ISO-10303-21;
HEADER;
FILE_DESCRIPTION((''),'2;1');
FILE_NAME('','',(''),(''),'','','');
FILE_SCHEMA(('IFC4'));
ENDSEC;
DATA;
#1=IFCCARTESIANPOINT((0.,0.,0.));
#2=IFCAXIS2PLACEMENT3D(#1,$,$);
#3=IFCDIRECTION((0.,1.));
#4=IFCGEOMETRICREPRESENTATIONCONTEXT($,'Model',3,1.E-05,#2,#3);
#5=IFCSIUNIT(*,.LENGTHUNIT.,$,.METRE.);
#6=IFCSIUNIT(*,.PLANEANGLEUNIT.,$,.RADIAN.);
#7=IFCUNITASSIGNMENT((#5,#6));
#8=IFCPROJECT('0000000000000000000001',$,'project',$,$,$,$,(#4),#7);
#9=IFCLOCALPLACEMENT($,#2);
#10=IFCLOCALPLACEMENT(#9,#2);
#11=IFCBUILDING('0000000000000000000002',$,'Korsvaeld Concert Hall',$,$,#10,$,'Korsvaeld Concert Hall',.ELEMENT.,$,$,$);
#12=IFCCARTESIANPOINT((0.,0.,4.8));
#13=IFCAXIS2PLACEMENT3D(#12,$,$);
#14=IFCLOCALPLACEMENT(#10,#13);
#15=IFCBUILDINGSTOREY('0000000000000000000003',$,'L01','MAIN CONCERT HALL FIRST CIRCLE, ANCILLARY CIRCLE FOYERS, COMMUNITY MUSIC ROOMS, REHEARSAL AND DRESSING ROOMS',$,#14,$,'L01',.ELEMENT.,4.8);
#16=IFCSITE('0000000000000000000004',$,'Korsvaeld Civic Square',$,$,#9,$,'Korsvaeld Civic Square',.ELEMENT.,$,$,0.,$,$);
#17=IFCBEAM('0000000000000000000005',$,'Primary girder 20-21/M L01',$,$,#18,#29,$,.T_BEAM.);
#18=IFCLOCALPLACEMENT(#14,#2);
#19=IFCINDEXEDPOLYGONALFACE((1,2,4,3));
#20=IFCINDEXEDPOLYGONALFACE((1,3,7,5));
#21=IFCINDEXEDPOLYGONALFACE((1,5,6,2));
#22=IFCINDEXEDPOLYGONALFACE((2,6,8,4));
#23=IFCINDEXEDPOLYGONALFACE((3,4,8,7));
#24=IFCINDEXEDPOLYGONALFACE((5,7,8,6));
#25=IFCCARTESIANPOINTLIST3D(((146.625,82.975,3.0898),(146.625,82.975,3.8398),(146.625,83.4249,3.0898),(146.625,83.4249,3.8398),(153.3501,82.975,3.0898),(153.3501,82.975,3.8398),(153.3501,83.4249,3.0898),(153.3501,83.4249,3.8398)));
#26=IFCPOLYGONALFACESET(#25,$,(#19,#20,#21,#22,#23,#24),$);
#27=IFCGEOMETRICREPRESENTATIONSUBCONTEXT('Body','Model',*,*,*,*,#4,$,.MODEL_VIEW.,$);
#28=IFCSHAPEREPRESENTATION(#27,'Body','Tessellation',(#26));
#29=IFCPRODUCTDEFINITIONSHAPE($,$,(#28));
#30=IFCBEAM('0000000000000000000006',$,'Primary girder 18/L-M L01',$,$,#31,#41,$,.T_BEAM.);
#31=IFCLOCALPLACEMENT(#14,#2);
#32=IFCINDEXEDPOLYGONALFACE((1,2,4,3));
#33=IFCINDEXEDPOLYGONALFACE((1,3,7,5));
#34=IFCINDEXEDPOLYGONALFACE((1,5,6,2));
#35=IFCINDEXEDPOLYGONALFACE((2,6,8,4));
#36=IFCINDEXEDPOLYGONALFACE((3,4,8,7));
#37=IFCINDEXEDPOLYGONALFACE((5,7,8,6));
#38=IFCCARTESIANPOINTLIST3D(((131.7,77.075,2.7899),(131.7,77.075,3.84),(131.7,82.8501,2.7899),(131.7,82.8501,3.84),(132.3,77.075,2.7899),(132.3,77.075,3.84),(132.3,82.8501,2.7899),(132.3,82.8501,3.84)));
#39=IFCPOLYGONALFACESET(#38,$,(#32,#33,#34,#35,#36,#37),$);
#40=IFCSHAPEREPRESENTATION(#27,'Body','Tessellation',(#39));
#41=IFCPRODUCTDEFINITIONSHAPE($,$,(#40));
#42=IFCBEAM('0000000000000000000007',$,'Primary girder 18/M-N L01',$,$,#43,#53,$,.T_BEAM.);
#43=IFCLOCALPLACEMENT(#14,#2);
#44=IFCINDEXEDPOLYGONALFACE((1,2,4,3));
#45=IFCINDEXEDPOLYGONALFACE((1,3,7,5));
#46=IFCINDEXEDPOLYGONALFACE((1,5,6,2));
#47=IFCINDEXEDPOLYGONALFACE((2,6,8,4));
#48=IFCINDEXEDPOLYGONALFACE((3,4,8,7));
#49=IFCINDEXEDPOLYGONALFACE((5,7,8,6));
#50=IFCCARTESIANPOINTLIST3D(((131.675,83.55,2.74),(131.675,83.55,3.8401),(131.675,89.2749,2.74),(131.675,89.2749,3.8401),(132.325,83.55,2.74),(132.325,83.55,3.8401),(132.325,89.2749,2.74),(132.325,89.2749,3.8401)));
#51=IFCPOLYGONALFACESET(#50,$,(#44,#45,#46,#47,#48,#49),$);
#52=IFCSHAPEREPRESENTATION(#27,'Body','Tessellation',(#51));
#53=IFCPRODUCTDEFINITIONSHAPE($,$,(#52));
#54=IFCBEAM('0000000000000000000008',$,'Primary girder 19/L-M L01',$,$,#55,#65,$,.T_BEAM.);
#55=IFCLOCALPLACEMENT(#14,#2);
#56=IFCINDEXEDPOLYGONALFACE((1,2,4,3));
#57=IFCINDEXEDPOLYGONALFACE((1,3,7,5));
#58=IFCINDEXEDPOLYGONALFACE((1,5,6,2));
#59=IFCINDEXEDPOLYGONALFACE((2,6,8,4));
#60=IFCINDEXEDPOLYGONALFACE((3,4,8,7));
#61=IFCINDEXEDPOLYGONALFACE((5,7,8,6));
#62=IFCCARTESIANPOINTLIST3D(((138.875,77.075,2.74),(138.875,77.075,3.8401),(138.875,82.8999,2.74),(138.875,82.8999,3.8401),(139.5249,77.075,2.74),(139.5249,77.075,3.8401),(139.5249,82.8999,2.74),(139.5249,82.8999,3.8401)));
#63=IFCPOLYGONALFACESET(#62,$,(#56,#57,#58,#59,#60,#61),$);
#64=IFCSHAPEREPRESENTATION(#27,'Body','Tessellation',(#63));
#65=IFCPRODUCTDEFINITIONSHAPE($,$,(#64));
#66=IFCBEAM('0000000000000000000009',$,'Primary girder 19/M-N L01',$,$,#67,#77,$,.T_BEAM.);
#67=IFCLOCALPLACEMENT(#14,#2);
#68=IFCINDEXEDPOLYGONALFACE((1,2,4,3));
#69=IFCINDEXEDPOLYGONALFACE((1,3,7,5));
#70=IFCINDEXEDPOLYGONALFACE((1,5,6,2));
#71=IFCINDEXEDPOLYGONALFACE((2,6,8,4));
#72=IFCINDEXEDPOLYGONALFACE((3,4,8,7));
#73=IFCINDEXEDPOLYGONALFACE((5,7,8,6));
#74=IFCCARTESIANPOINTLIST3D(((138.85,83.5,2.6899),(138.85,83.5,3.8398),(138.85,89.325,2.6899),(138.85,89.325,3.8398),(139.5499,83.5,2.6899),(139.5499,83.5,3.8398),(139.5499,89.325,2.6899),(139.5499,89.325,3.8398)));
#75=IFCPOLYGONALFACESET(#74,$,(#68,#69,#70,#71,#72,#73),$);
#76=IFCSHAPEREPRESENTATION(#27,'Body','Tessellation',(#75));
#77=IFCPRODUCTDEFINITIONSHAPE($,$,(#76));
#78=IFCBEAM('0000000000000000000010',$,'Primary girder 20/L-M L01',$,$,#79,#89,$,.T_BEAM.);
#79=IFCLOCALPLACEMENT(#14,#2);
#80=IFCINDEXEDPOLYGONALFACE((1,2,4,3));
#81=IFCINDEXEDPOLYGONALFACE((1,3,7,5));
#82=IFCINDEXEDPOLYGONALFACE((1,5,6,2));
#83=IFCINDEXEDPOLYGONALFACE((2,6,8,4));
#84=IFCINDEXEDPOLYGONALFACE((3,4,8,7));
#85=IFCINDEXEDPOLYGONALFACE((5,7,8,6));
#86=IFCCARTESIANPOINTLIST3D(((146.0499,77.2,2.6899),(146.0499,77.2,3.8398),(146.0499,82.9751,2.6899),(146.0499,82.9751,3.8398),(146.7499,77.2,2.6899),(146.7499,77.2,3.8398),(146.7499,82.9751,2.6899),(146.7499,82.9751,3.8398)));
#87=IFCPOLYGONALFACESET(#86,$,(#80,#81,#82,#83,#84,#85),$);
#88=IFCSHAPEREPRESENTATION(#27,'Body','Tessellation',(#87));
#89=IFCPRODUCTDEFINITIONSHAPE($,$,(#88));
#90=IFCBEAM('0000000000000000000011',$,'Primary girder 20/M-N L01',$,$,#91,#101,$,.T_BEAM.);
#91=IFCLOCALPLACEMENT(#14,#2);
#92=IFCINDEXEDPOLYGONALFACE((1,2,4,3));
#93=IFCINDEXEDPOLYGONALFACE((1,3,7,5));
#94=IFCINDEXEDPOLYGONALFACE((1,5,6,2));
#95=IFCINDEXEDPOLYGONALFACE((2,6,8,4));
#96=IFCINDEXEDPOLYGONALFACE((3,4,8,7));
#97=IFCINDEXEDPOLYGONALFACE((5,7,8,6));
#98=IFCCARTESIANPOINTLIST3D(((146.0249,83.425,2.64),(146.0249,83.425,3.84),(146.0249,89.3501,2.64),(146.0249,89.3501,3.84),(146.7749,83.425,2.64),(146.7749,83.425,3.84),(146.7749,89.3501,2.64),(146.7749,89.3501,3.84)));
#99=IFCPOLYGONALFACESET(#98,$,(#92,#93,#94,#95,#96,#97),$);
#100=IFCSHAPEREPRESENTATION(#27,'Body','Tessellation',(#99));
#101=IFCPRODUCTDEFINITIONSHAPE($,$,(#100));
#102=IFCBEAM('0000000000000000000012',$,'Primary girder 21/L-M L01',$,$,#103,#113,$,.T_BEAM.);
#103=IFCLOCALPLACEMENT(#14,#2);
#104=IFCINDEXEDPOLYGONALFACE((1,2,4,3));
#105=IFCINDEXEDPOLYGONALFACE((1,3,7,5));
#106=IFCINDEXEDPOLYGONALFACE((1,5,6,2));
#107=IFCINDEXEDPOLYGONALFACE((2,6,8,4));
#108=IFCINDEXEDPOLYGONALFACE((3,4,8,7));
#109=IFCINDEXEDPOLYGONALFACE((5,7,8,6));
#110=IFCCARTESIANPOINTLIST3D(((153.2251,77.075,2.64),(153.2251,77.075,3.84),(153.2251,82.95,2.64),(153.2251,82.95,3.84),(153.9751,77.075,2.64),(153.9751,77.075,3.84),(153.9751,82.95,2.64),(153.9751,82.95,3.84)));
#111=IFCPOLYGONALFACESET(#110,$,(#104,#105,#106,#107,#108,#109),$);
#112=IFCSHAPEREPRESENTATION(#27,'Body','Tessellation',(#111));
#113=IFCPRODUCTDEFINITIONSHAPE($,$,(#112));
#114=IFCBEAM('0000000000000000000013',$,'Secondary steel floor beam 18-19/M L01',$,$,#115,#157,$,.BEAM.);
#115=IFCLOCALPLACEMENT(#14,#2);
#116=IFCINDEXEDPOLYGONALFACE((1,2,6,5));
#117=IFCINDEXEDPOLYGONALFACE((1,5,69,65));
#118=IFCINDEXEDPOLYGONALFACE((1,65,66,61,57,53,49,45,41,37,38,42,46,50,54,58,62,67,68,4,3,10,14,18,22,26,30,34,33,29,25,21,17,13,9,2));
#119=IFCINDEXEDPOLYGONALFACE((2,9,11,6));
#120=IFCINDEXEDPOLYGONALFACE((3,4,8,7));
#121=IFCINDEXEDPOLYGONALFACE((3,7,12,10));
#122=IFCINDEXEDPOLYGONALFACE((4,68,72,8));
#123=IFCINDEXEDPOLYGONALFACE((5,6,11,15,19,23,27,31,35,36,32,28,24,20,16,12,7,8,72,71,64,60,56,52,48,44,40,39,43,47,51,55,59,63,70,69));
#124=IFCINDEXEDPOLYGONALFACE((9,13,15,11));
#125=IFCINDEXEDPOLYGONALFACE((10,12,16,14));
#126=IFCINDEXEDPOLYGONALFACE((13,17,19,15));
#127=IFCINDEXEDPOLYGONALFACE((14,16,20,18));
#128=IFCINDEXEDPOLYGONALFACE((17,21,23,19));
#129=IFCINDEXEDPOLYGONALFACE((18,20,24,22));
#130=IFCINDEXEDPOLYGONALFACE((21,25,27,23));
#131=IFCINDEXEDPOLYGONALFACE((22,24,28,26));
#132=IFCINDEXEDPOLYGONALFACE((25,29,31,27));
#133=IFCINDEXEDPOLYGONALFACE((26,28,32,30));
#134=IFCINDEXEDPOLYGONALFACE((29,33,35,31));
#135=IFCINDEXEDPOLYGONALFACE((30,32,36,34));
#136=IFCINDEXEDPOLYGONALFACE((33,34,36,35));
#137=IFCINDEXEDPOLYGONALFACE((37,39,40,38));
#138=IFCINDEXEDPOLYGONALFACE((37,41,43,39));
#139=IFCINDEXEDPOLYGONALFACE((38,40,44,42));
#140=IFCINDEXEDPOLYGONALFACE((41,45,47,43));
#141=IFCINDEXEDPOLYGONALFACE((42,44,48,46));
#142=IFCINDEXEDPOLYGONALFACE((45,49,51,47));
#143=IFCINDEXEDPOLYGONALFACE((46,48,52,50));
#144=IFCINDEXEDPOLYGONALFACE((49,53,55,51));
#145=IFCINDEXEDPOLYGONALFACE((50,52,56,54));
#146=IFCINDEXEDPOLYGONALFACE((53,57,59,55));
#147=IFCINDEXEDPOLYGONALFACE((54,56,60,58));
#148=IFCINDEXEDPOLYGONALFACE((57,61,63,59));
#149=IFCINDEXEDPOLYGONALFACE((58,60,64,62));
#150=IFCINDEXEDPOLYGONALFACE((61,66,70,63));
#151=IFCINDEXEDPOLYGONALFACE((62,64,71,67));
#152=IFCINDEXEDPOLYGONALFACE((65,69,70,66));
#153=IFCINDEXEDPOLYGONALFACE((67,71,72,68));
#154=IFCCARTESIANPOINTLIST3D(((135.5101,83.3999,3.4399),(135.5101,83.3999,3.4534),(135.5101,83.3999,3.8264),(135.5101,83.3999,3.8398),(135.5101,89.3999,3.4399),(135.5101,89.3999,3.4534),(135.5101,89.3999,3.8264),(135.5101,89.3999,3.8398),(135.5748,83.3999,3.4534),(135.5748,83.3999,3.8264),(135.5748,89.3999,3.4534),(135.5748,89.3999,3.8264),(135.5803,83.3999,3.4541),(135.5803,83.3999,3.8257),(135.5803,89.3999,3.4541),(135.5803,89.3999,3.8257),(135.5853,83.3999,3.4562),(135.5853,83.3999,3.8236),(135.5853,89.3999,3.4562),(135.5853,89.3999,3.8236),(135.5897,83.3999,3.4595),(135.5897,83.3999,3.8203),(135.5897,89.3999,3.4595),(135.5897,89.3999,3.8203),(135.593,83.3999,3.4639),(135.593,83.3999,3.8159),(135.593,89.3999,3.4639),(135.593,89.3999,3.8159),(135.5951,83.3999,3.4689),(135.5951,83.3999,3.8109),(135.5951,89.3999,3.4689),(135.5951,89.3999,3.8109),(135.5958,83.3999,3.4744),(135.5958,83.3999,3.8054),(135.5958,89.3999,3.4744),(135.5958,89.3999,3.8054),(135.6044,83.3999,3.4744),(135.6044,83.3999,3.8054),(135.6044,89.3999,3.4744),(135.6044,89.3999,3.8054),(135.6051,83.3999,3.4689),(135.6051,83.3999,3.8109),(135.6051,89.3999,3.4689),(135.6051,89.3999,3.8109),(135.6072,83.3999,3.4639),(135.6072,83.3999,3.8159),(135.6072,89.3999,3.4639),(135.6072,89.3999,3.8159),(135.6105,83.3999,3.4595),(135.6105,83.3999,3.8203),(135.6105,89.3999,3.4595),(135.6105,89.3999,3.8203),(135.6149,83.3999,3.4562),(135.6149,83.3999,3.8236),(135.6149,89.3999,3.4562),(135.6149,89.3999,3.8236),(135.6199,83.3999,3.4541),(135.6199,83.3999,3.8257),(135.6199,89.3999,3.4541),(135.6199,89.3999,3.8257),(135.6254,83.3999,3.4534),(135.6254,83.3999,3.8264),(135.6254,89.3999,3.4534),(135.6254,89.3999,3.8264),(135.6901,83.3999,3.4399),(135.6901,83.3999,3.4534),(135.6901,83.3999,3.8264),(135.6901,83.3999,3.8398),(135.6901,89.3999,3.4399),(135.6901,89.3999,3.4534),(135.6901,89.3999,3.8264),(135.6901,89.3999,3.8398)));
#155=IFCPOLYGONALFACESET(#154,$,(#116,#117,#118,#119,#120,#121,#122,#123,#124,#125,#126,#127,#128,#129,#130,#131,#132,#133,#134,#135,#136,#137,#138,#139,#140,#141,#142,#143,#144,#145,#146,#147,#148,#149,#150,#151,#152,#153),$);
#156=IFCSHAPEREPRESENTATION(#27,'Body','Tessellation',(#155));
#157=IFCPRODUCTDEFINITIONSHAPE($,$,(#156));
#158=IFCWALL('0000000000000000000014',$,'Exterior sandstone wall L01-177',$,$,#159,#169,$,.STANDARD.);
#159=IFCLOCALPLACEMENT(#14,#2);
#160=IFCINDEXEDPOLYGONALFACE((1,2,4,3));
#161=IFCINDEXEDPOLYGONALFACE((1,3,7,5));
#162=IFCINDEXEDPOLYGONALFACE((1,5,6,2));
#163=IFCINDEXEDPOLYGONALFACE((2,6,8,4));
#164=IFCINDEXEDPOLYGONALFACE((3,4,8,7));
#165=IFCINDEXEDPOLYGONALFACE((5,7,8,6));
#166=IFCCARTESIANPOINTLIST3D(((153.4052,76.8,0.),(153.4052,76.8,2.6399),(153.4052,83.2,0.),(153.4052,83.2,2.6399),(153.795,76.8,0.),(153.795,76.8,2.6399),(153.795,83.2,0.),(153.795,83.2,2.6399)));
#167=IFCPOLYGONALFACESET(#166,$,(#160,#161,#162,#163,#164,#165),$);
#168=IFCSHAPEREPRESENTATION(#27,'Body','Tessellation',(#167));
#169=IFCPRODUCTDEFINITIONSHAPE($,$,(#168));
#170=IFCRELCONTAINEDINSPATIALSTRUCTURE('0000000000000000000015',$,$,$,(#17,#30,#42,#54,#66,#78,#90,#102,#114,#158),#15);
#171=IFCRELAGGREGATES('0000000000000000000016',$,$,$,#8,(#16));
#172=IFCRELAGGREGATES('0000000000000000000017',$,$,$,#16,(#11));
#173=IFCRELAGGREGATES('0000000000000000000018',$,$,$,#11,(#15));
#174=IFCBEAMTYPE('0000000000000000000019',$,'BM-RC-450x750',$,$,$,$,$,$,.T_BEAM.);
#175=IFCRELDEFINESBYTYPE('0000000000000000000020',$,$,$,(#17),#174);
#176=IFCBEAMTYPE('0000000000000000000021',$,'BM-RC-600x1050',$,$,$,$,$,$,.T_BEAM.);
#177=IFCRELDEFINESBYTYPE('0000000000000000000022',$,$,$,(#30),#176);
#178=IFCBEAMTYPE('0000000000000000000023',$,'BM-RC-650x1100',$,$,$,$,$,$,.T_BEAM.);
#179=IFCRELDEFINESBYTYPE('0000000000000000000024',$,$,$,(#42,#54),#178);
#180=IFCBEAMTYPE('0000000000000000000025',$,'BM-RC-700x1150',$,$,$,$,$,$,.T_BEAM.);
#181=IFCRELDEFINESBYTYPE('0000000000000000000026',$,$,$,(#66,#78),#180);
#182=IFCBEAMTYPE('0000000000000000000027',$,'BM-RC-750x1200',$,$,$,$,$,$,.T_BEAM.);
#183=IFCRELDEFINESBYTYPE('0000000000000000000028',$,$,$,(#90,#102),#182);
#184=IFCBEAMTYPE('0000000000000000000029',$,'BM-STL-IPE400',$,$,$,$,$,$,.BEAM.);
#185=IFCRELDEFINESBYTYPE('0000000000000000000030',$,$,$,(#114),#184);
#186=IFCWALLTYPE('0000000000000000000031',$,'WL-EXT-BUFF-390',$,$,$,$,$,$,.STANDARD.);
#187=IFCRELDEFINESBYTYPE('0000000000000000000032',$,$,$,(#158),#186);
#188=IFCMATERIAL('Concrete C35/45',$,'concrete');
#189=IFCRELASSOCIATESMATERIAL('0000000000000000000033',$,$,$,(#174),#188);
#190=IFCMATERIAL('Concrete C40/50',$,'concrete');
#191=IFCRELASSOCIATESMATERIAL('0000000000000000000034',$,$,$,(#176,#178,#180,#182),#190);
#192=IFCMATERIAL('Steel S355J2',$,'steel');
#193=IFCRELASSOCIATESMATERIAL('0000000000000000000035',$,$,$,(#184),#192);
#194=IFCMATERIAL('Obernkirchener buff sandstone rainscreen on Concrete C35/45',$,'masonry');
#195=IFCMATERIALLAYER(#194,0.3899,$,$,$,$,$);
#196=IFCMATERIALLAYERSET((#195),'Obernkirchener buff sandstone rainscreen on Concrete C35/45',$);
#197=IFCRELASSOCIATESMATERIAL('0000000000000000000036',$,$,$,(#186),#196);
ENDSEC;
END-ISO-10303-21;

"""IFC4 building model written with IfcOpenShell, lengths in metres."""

from ifc_helpers import new_model, si_unit, direction, frame, frame_2d, origin, origin_2d, place, context, subcontext, project, spatial, rectangle, i_section, extrude, material, layer, layer_set, material_profile, profile_set, type_object, element, save


model = new_model("IFC4")

# Units and contexts
model_context = context("Model", 3, precision=1e-05, world=origin(), true_north=direction((0.0, 1.0)))
body_context = subcontext(model_context, "Body", "Model", "MODEL_VIEW")
ifc_project = project(units=[si_unit("LENGTHUNIT", "METRE"), si_unit("PLANEANGLEUNIT", "RADIAN")], contexts=[model_context])

# Site, building, storey
site_placement = place(None, origin())
site = spatial("IfcSite", under=ifc_project, at=site_placement, Name="Korsvaeld Civic Square", LongName="Korsvaeld Civic Square", CompositionType="ELEMENT", RefElevation=0.0)
building_placement = place(site_placement, origin())
building = spatial("IfcBuilding", under=site, at=building_placement, Name="Korsvaeld Concert Hall", LongName="Korsvaeld Concert Hall", CompositionType="ELEMENT")
storey_placement = place(building_placement, frame((0.0, 0.0, 4.8)))
storey = spatial("IfcBuildingStorey", under=building, at=storey_placement, Name="L01", Description="MAIN CONCERT HALL FIRST CIRCLE, ANCILLARY CIRCLE FOYERS, COMMUNITY MUSIC ROOMS, REHEARSAL AND DRESSING ROOMS", LongName="L01", CompositionType="ELEMENT", Elevation=4.8)

# Shared definitions
ifc_material_1 = material(Name="Concrete C40/50", Category="concrete")

# Beams
ifc_material_2 = material(Name="Concrete C35/45", Category="concrete")
ifc_material_profile_1 = material_profile(ifc_material_2, rectangle(XDim=0.45, YDim=0.75, at=origin_2d()), Name="RC 450x750")
ifc_profile_set_1 = profile_set([ifc_material_profile_1], Name="Concrete C35/45")
beam_type_1 = type_object("IfcBeamType", Name="BM-RC-450x750", PredefinedType="T_BEAM", material=ifc_profile_set_1)
beam_1_placement = place(storey_placement, frame((146.625, 83.2, 3.4648), z_axis=(1.0, 0.0, 0.0), x_axis=(0.0, 1.0, 0.0)))
element("IfcBeam", 1, at=beam_1_placement, inside=storey, type_object=beam_type_1, Name="Primary girder 20-21/M L01", PredefinedType="T_BEAM", context=body_context, shape_type="SweptSolid", body=[
    extrude(rectangle(XDim=0.45, YDim=0.75, at=origin_2d()), origin(), (0.0, 0.0, 1.0), 6.7251),
])
ifc_material_profile_2 = material_profile(ifc_material_1, rectangle(XDim=0.6001, YDim=1.05, at=origin_2d()), Name="RC 600x1050")
ifc_profile_set_2 = profile_set([ifc_material_profile_2], Name="Concrete C40/50")
beam_type_2 = type_object("IfcBeamType", Name="BM-RC-600x1050", PredefinedType="T_BEAM", material=ifc_profile_set_2)
beam_2_placement = place(storey_placement, frame((132.0, 77.075, 3.3149), z_axis=(0.0, 1.0, 0.0), x_axis=(-1.0, 0.0, 0.0)))
element("IfcBeam", 2, at=beam_2_placement, inside=storey, type_object=beam_type_2, Name="Primary girder 18/L-M L01", PredefinedType="T_BEAM", context=body_context, shape_type="SweptSolid", body=[
    extrude(rectangle(XDim=0.6001, YDim=1.05, at=origin_2d()), origin(), (0.0, 0.0, 1.0), 5.7751),
])
ifc_material_profile_3 = material_profile(ifc_material_1, rectangle(XDim=0.6499, YDim=1.1001, at=origin_2d()), Name="RC 650x1100")
ifc_profile_set_3 = profile_set([ifc_material_profile_3], Name="Concrete C40/50")
beam_type_3 = type_object("IfcBeamType", Name="BM-RC-650x1100", PredefinedType="T_BEAM", material=ifc_profile_set_3)
beam_3_placement = place(storey_placement, frame((132.0, 83.55, 3.29), z_axis=(0.0, 1.0, 0.0), x_axis=(-1.0, 0.0, 0.0)))
element("IfcBeam", 3, at=beam_3_placement, inside=storey, type_object=beam_type_3, Name="Primary girder 18/M-N L01", PredefinedType="T_BEAM", context=body_context, shape_type="SweptSolid", body=[
    extrude(rectangle(XDim=0.6499, YDim=1.1001, at=origin_2d()), origin(), (0.0, 0.0, 1.0), 5.7249),
])
beam_4_placement = place(storey_placement, frame((139.2, 77.075, 3.29), z_axis=(0.0, 1.0, 0.0), x_axis=(-1.0, 0.0, 0.0)))
element("IfcBeam", 4, at=beam_4_placement, inside=storey, type_object=beam_type_3, Name="Primary girder 19/L-M L01", PredefinedType="T_BEAM", context=body_context, shape_type="SweptSolid", body=[
    extrude(rectangle(XDim=0.6499, YDim=1.1001, at=origin_2d()), origin(), (0.0, 0.0, 1.0), 5.825),
])
ifc_material_profile_4 = material_profile(ifc_material_1, rectangle(XDim=0.7, YDim=1.1499, at=origin_2d()), Name="RC 700x1150")
ifc_profile_set_4 = profile_set([ifc_material_profile_4], Name="Concrete C40/50")
beam_type_4 = type_object("IfcBeamType", Name="BM-RC-700x1150", PredefinedType="T_BEAM", material=ifc_profile_set_4)
beam_5_placement = place(storey_placement, frame((139.2, 83.5, 3.2649), z_axis=(0.0, 1.0, 0.0), x_axis=(-1.0, 0.0, 0.0)))
element("IfcBeam", 5, at=beam_5_placement, inside=storey, type_object=beam_type_4, Name="Primary girder 19/M-N L01", PredefinedType="T_BEAM", context=body_context, shape_type="SweptSolid", body=[
    extrude(rectangle(XDim=0.7, YDim=1.1499, at=origin_2d()), origin(), (0.0, 0.0, 1.0), 5.825),
])
beam_6_placement = place(storey_placement, frame((146.3999, 77.2, 3.2649), z_axis=(0.0, 1.0, 0.0), x_axis=(-1.0, 0.0, 0.0)))
element("IfcBeam", 6, at=beam_6_placement, inside=storey, type_object=beam_type_4, Name="Primary girder 20/L-M L01", PredefinedType="T_BEAM", context=body_context, shape_type="SweptSolid", body=[
    extrude(rectangle(XDim=0.7, YDim=1.1499, at=origin_2d()), origin(), (0.0, 0.0, 1.0), 5.7751),
])
ifc_material_profile_5 = material_profile(ifc_material_1, rectangle(XDim=0.75, YDim=1.2, at=origin_2d()), Name="RC 750x1200")
ifc_profile_set_5 = profile_set([ifc_material_profile_5], Name="Concrete C40/50")
beam_type_5 = type_object("IfcBeamType", Name="BM-RC-750x1200", PredefinedType="T_BEAM", material=ifc_profile_set_5)
beam_7_placement = place(storey_placement, frame((146.3999, 83.425, 3.24), z_axis=(0.0, 1.0, 0.0), x_axis=(-1.0, 0.0, 0.0)))
element("IfcBeam", 7, at=beam_7_placement, inside=storey, type_object=beam_type_5, Name="Primary girder 20/M-N L01", PredefinedType="T_BEAM", context=body_context, shape_type="SweptSolid", body=[
    extrude(rectangle(XDim=0.75, YDim=1.2, at=origin_2d()), origin(), (0.0, 0.0, 1.0), 5.925),
])
beam_8_placement = place(storey_placement, frame((153.6001, 77.075, 3.24), z_axis=(0.0, 1.0, 0.0), x_axis=(-1.0, 0.0, 0.0)))
element("IfcBeam", 8, at=beam_8_placement, inside=storey, type_object=beam_type_5, Name="Primary girder 21/L-M L01", PredefinedType="T_BEAM", context=body_context, shape_type="SweptSolid", body=[
    extrude(rectangle(XDim=0.75, YDim=1.2, at=origin_2d()), origin(), (0.0, 0.0, 1.0), 5.875),
])
ifc_material_3 = material(Name="Steel S355J2", Category="steel")
ifc_material_profile_6 = material_profile(ifc_material_3, i_section(OverallWidth=0.1799, OverallDepth=0.3999, WebThickness=0.0085, FlangeThickness=0.0134, FilletRadius=0.021, at=origin_2d()), Name="IPE 400")
ifc_profile_set_6 = profile_set([ifc_material_profile_6], Name="Steel S355J2")
beam_type_6 = type_object("IfcBeamType", Name="BM-STL-IPE400", PredefinedType="BEAM", material=ifc_profile_set_6)
beam_9_placement = place(storey_placement, frame((135.6001, 83.3999, 3.6399), z_axis=(0.0, 1.0, 0.0), x_axis=(-1.0, 0.0, 0.0)))
element("IfcBeam", 9, at=beam_9_placement, inside=storey, type_object=beam_type_6, Name="Secondary steel floor beam 18-19/M L01", PredefinedType="BEAM", context=body_context, shape_type="SweptSolid", body=[
    extrude(i_section(OverallWidth=0.1799, OverallDepth=0.3999, WebThickness=0.0085, FlangeThickness=0.0134, FilletRadius=0.021, at=origin_2d()), origin(), (0.0, 0.0, 1.0), 6.0),
])

# Wall
ifc_material_4 = material(Name="Obernkirchener buff sandstone rainscreen on Concrete C35/45", Category="masonry")
ifc_layer_1 = layer(ifc_material_4, 0.3899)
ifc_layer_set_1 = layer_set([ifc_layer_1], Name="Obernkirchener buff sandstone rainscreen on Concrete C35/45")
wall_type_1 = type_object("IfcWallType", Name="WL-EXT-BUFF-390", PredefinedType="STANDARD", material=ifc_layer_set_1)
wall_1_placement = place(storey_placement, frame((153.6001, 83.2, 0.0), z_axis=(0.0, 0.0, 1.0), x_axis=(0.0, -1.0, 0.0)))
element("IfcWall", 10, at=wall_1_placement, inside=storey, type_object=wall_type_1, Name="Exterior sandstone wall L01-177", PredefinedType="STANDARD", context=body_context, shape_type="SweptSolid", body=[
    extrude(rectangle(XDim=6.3999, YDim=0.3899, at=frame_2d((3.2, 0.0))), origin(), (0.0, 0.0, 1.0), 2.6399),
])

save(model, "model.ifc")
